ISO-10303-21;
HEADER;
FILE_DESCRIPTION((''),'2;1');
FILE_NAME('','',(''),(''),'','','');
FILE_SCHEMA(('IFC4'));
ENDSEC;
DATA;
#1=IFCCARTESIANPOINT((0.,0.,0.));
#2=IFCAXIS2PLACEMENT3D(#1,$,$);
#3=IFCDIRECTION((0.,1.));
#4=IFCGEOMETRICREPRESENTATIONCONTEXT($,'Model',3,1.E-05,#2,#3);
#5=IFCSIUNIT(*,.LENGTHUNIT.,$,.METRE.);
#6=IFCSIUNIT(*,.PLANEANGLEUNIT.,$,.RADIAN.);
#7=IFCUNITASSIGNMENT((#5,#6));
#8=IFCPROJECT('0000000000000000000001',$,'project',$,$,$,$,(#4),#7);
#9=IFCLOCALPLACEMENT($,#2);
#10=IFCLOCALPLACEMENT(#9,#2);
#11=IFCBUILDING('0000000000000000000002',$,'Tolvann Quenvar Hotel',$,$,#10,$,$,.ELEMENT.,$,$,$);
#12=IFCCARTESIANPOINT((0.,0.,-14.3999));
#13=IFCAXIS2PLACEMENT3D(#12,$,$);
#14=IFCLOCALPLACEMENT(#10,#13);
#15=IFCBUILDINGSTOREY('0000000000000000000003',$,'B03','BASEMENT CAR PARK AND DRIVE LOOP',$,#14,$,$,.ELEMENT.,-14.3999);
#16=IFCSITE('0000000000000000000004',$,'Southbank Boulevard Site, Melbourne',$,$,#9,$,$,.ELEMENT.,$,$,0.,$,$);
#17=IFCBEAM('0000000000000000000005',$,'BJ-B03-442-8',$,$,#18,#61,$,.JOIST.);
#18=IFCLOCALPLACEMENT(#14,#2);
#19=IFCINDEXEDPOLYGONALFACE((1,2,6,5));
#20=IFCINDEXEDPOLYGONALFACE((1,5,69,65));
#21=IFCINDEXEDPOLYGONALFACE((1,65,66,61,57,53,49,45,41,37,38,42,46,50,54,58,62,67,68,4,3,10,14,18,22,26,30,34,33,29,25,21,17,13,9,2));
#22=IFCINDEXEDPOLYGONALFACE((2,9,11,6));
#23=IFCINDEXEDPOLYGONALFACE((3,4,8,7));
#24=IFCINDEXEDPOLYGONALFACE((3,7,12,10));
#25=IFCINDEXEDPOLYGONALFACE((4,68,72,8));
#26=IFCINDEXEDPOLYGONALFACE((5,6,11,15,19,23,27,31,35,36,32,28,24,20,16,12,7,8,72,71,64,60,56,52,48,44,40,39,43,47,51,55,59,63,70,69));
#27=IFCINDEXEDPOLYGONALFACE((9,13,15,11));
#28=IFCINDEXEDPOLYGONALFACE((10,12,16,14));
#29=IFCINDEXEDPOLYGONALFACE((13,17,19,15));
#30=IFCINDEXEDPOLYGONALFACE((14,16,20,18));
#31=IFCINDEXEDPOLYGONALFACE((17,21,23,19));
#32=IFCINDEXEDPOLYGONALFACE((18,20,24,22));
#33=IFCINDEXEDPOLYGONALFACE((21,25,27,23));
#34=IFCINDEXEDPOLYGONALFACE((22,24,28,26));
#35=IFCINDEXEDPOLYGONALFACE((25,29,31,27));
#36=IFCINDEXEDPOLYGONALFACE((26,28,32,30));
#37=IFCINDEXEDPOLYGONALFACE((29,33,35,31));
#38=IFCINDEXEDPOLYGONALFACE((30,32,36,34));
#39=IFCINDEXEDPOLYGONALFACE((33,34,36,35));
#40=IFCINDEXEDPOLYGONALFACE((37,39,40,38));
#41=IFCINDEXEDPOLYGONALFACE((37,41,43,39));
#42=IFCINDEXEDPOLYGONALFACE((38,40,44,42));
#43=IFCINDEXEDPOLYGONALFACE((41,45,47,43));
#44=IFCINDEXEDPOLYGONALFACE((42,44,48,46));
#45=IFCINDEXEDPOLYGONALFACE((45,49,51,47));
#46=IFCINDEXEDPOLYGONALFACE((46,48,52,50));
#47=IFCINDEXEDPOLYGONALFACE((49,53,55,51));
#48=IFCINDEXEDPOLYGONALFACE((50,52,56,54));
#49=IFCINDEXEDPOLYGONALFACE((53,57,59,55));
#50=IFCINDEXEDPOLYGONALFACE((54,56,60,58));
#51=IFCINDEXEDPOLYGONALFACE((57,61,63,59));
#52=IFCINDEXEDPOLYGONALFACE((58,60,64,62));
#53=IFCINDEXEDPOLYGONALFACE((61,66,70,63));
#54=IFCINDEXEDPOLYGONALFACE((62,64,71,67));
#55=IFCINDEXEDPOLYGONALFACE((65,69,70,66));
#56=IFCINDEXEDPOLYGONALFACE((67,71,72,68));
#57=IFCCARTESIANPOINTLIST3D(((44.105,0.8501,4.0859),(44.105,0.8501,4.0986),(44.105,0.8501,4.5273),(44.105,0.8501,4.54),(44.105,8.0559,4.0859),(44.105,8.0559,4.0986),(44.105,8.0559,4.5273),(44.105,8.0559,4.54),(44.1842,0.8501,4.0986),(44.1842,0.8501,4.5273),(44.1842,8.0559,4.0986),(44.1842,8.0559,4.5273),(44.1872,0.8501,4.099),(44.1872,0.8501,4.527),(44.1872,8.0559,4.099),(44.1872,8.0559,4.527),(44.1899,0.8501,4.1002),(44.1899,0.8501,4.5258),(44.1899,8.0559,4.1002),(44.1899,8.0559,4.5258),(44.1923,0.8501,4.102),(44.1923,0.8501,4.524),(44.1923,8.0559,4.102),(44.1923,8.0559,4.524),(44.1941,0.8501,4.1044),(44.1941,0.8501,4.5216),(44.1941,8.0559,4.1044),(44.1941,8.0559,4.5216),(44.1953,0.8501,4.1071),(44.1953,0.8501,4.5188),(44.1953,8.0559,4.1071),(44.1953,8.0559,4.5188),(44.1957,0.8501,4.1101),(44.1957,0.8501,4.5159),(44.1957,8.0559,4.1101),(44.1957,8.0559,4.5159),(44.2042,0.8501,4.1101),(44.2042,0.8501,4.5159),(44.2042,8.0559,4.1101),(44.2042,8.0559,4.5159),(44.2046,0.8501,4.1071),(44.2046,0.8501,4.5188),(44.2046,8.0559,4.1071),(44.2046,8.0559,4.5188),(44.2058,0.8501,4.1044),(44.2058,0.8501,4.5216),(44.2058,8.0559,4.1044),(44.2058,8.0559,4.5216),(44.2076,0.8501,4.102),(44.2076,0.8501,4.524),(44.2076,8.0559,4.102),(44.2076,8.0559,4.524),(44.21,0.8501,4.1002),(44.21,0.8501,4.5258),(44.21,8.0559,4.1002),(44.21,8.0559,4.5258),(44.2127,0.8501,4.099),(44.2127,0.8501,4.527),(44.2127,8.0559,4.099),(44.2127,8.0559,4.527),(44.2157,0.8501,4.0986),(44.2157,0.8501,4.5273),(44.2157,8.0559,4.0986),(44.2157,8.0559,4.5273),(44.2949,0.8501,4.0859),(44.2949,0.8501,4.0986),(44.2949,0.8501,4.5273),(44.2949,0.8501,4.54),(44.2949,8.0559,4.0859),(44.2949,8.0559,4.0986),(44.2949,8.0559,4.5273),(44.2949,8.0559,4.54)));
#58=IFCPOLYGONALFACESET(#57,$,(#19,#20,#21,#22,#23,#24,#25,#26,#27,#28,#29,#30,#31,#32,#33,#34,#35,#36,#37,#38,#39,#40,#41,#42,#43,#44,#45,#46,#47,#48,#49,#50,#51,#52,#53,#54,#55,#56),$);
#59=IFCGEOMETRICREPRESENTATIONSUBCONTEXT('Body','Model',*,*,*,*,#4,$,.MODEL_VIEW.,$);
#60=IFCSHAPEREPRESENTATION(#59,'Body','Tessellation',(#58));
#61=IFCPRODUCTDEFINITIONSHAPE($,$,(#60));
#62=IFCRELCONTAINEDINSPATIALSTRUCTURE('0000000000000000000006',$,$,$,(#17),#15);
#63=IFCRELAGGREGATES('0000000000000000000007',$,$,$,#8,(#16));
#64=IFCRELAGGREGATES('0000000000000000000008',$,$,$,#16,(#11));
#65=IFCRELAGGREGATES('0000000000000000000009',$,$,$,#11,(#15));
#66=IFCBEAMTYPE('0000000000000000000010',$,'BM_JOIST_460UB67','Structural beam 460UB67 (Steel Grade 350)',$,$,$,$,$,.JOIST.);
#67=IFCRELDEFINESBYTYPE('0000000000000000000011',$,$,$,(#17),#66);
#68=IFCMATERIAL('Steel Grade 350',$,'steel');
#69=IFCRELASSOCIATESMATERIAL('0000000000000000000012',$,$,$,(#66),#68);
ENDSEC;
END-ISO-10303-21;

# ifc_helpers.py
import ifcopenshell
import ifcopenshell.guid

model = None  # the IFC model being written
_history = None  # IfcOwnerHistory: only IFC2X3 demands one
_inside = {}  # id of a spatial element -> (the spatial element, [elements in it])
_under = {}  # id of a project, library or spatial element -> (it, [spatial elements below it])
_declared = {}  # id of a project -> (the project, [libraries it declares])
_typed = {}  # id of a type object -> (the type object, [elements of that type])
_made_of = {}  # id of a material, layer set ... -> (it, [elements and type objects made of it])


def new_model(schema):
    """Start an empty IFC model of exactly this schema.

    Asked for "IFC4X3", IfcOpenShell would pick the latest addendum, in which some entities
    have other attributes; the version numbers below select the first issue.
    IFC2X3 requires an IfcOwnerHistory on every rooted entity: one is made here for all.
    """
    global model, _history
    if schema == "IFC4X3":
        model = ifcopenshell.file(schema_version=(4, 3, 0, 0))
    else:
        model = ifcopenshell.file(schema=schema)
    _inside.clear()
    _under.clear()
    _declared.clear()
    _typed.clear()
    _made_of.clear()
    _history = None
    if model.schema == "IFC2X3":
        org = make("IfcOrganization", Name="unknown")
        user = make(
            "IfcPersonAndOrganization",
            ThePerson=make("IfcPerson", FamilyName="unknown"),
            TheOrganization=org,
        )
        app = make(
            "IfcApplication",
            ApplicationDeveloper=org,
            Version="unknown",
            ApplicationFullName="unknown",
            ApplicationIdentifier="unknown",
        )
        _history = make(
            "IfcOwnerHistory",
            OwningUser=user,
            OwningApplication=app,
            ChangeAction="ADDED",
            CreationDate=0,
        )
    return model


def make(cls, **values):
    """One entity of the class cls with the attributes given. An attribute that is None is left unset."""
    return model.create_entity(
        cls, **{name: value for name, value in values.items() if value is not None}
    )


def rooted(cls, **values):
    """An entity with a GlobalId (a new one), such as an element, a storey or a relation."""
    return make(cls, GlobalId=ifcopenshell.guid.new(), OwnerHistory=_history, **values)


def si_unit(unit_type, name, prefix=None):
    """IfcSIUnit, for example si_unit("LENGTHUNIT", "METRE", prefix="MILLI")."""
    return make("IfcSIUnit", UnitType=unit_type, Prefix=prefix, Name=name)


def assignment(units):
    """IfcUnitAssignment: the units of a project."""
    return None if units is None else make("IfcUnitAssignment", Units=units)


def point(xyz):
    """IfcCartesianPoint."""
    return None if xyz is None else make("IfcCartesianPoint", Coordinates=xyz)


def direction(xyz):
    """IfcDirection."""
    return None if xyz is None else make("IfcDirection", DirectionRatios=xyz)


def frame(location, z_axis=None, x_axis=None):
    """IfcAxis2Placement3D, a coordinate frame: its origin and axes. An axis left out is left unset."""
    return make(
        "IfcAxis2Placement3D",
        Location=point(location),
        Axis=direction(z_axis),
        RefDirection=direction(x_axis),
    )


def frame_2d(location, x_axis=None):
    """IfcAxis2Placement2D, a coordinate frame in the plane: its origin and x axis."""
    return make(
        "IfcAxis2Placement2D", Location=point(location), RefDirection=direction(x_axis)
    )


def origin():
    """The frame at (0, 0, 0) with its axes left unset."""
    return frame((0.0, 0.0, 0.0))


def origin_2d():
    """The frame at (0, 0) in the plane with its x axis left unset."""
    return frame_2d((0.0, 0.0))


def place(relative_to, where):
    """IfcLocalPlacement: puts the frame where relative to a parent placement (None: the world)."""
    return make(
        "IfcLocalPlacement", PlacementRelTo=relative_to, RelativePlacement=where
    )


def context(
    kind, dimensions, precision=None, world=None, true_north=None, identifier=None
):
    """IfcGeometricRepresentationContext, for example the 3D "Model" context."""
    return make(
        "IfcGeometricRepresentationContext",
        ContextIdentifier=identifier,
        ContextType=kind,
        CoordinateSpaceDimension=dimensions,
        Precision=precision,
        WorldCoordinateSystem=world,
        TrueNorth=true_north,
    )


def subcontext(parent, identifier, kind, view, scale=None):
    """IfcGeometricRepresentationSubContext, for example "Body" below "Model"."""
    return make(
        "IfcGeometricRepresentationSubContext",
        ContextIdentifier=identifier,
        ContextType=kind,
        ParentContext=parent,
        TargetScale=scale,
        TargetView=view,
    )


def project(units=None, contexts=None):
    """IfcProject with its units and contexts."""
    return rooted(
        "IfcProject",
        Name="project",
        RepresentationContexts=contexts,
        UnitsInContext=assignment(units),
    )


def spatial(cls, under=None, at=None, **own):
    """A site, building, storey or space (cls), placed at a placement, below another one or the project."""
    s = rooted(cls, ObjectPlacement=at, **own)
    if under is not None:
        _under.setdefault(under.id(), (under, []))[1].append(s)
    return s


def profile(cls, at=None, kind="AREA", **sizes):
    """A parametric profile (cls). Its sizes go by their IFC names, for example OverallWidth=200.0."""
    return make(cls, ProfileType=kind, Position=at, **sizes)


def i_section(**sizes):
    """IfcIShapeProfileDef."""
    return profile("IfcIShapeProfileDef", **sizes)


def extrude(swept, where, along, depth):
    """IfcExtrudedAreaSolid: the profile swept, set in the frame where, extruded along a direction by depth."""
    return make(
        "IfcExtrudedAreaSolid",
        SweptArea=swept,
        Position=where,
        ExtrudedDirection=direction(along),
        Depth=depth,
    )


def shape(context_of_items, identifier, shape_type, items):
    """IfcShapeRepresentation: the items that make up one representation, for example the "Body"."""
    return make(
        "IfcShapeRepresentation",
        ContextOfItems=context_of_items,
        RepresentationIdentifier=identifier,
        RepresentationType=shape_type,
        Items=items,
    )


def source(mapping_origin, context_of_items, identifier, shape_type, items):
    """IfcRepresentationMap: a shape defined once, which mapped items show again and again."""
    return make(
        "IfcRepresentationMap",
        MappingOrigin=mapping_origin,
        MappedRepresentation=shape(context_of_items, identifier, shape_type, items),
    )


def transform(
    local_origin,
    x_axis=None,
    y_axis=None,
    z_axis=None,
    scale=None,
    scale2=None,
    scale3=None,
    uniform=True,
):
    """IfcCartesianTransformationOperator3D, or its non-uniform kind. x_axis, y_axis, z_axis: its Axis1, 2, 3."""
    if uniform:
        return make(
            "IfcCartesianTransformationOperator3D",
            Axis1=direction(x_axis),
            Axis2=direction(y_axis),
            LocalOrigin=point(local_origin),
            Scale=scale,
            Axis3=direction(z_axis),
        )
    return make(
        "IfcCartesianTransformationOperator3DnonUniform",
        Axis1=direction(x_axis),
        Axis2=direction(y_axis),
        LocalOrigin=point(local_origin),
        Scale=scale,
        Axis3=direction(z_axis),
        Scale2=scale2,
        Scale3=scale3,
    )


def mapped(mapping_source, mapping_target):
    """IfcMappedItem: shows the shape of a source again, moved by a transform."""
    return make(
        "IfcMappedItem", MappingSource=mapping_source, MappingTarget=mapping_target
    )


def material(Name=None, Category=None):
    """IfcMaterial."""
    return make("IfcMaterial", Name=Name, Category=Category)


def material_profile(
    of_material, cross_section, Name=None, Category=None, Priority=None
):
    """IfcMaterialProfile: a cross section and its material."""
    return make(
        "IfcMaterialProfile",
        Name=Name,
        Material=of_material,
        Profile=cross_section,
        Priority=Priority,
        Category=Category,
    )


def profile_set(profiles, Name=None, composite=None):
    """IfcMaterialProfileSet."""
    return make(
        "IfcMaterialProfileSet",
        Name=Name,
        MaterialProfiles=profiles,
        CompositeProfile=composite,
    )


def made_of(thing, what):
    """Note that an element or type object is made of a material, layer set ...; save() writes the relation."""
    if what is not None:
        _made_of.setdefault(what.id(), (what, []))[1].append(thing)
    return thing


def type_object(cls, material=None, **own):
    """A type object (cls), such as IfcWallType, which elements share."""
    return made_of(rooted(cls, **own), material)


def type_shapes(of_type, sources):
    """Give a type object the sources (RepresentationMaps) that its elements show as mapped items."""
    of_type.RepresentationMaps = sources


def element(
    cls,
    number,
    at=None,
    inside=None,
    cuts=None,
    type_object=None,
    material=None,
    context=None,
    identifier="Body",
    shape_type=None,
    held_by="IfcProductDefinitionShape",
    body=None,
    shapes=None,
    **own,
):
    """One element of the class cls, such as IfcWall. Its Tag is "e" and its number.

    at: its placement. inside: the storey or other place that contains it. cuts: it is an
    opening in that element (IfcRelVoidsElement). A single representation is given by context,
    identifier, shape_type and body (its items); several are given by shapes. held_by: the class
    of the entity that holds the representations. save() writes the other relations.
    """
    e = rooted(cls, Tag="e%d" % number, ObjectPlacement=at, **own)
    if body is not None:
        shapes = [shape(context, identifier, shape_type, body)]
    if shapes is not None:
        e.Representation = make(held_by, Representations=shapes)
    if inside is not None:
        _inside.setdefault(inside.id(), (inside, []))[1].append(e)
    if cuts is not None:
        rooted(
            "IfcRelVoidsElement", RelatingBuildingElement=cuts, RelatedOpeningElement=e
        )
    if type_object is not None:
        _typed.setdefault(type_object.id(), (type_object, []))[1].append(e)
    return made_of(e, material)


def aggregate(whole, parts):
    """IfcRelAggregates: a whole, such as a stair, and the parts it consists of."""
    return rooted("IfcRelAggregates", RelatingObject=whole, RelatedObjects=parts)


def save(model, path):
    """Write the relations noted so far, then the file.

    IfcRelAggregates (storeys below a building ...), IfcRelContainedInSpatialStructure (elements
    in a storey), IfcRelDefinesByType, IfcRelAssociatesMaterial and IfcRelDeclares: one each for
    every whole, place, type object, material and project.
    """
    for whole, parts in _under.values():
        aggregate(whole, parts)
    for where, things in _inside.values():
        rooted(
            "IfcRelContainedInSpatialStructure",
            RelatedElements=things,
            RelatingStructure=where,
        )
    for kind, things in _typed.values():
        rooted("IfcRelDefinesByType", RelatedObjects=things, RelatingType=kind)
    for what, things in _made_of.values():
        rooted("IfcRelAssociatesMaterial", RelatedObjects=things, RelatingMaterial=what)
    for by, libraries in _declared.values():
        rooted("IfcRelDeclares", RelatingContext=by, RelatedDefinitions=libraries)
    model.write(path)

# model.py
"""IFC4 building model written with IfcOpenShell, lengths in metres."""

from ifc_helpers import new_model, si_unit, direction, frame, origin, origin_2d, place, context, subcontext, project, spatial, i_section, extrude, source, transform, mapped, material, material_profile, profile_set, type_object, type_shapes, element, save


model = new_model("IFC4")

# Units and contexts
model_context = context("Model", 3, precision=1e-05, world=origin(), true_north=direction((0.0, 1.0)))
body_context = subcontext(model_context, "Body", "Model", "MODEL_VIEW")
ifc_project = project(units=[si_unit("LENGTHUNIT", "METRE"), si_unit("PLANEANGLEUNIT", "RADIAN")], contexts=[model_context])

# Site, building, storey
site_placement = place(None, origin())
site = spatial("IfcSite", under=ifc_project, at=site_placement, Name="Southbank Boulevard Site, Melbourne", CompositionType="ELEMENT", RefElevation=0.0)
building_placement = place(site_placement, origin())
building = spatial("IfcBuilding", under=site, at=building_placement, Name="Tolvann Quenvar Hotel", CompositionType="ELEMENT")
storey_placement = place(building_placement, frame((0.0, 0.0, -14.3999)))
storey = spatial("IfcBuildingStorey", under=building, at=storey_placement, Name="B03", Description="BASEMENT CAR PARK AND DRIVE LOOP", CompositionType="ELEMENT", Elevation=-14.3999)

# Beam
ifc_material_1 = material(Name="Steel Grade 350", Category="steel")
ifc_material_profile_1 = material_profile(ifc_material_1, i_section(OverallWidth=0.1899, OverallDepth=0.4541, WebThickness=0.0085, FlangeThickness=0.0127, FilletRadius=0.0115, at=origin_2d()), Name="460UB67")
ifc_profile_set_1 = profile_set([ifc_material_profile_1], Name="Steel Grade 350")
beam_type_1 = type_object("IfcBeamType", Name="BM_JOIST_460UB67", Description="Structural beam 460UB67 (Steel Grade 350)", PredefinedType="JOIST", material=ifc_profile_set_1)
shared_shape_1 = source(origin(), body_context, "Body", "SweptSolid", [
    extrude(i_section(OverallWidth=0.1899, OverallDepth=0.4541, WebThickness=0.0085, FlangeThickness=0.0127, FilletRadius=0.0115, at=origin_2d()), origin(), (0.0, 0.0, 1.0), 7.2058),
])
type_shapes(beam_type_1, [shared_shape_1])
for number, where, z_axis, x_axis, name in (
    (1, (44.2, 0.8501, 4.313), (0.0, 1.0, 0.0), (-1.0, 0.0, 0.0), "BJ-B03-442-8"),
):
    element("IfcBeam", number, at=place(storey_placement, frame(where, z_axis=z_axis, x_axis=x_axis)), inside=storey, type_object=beam_type_1, Name=name, PredefinedType="JOIST", context=body_context, shape_type="MappedRepresentation", body=[
        mapped(shared_shape_1, transform((0.0, 0.0, 0.0), x_axis=(1.0, 0.0, 0.0), y_axis=(0.0, 1.0, 0.0), z_axis=(0.0, 0.0, 1.0), scale=1.0)),
    ])

save(model, "model.ifc")
